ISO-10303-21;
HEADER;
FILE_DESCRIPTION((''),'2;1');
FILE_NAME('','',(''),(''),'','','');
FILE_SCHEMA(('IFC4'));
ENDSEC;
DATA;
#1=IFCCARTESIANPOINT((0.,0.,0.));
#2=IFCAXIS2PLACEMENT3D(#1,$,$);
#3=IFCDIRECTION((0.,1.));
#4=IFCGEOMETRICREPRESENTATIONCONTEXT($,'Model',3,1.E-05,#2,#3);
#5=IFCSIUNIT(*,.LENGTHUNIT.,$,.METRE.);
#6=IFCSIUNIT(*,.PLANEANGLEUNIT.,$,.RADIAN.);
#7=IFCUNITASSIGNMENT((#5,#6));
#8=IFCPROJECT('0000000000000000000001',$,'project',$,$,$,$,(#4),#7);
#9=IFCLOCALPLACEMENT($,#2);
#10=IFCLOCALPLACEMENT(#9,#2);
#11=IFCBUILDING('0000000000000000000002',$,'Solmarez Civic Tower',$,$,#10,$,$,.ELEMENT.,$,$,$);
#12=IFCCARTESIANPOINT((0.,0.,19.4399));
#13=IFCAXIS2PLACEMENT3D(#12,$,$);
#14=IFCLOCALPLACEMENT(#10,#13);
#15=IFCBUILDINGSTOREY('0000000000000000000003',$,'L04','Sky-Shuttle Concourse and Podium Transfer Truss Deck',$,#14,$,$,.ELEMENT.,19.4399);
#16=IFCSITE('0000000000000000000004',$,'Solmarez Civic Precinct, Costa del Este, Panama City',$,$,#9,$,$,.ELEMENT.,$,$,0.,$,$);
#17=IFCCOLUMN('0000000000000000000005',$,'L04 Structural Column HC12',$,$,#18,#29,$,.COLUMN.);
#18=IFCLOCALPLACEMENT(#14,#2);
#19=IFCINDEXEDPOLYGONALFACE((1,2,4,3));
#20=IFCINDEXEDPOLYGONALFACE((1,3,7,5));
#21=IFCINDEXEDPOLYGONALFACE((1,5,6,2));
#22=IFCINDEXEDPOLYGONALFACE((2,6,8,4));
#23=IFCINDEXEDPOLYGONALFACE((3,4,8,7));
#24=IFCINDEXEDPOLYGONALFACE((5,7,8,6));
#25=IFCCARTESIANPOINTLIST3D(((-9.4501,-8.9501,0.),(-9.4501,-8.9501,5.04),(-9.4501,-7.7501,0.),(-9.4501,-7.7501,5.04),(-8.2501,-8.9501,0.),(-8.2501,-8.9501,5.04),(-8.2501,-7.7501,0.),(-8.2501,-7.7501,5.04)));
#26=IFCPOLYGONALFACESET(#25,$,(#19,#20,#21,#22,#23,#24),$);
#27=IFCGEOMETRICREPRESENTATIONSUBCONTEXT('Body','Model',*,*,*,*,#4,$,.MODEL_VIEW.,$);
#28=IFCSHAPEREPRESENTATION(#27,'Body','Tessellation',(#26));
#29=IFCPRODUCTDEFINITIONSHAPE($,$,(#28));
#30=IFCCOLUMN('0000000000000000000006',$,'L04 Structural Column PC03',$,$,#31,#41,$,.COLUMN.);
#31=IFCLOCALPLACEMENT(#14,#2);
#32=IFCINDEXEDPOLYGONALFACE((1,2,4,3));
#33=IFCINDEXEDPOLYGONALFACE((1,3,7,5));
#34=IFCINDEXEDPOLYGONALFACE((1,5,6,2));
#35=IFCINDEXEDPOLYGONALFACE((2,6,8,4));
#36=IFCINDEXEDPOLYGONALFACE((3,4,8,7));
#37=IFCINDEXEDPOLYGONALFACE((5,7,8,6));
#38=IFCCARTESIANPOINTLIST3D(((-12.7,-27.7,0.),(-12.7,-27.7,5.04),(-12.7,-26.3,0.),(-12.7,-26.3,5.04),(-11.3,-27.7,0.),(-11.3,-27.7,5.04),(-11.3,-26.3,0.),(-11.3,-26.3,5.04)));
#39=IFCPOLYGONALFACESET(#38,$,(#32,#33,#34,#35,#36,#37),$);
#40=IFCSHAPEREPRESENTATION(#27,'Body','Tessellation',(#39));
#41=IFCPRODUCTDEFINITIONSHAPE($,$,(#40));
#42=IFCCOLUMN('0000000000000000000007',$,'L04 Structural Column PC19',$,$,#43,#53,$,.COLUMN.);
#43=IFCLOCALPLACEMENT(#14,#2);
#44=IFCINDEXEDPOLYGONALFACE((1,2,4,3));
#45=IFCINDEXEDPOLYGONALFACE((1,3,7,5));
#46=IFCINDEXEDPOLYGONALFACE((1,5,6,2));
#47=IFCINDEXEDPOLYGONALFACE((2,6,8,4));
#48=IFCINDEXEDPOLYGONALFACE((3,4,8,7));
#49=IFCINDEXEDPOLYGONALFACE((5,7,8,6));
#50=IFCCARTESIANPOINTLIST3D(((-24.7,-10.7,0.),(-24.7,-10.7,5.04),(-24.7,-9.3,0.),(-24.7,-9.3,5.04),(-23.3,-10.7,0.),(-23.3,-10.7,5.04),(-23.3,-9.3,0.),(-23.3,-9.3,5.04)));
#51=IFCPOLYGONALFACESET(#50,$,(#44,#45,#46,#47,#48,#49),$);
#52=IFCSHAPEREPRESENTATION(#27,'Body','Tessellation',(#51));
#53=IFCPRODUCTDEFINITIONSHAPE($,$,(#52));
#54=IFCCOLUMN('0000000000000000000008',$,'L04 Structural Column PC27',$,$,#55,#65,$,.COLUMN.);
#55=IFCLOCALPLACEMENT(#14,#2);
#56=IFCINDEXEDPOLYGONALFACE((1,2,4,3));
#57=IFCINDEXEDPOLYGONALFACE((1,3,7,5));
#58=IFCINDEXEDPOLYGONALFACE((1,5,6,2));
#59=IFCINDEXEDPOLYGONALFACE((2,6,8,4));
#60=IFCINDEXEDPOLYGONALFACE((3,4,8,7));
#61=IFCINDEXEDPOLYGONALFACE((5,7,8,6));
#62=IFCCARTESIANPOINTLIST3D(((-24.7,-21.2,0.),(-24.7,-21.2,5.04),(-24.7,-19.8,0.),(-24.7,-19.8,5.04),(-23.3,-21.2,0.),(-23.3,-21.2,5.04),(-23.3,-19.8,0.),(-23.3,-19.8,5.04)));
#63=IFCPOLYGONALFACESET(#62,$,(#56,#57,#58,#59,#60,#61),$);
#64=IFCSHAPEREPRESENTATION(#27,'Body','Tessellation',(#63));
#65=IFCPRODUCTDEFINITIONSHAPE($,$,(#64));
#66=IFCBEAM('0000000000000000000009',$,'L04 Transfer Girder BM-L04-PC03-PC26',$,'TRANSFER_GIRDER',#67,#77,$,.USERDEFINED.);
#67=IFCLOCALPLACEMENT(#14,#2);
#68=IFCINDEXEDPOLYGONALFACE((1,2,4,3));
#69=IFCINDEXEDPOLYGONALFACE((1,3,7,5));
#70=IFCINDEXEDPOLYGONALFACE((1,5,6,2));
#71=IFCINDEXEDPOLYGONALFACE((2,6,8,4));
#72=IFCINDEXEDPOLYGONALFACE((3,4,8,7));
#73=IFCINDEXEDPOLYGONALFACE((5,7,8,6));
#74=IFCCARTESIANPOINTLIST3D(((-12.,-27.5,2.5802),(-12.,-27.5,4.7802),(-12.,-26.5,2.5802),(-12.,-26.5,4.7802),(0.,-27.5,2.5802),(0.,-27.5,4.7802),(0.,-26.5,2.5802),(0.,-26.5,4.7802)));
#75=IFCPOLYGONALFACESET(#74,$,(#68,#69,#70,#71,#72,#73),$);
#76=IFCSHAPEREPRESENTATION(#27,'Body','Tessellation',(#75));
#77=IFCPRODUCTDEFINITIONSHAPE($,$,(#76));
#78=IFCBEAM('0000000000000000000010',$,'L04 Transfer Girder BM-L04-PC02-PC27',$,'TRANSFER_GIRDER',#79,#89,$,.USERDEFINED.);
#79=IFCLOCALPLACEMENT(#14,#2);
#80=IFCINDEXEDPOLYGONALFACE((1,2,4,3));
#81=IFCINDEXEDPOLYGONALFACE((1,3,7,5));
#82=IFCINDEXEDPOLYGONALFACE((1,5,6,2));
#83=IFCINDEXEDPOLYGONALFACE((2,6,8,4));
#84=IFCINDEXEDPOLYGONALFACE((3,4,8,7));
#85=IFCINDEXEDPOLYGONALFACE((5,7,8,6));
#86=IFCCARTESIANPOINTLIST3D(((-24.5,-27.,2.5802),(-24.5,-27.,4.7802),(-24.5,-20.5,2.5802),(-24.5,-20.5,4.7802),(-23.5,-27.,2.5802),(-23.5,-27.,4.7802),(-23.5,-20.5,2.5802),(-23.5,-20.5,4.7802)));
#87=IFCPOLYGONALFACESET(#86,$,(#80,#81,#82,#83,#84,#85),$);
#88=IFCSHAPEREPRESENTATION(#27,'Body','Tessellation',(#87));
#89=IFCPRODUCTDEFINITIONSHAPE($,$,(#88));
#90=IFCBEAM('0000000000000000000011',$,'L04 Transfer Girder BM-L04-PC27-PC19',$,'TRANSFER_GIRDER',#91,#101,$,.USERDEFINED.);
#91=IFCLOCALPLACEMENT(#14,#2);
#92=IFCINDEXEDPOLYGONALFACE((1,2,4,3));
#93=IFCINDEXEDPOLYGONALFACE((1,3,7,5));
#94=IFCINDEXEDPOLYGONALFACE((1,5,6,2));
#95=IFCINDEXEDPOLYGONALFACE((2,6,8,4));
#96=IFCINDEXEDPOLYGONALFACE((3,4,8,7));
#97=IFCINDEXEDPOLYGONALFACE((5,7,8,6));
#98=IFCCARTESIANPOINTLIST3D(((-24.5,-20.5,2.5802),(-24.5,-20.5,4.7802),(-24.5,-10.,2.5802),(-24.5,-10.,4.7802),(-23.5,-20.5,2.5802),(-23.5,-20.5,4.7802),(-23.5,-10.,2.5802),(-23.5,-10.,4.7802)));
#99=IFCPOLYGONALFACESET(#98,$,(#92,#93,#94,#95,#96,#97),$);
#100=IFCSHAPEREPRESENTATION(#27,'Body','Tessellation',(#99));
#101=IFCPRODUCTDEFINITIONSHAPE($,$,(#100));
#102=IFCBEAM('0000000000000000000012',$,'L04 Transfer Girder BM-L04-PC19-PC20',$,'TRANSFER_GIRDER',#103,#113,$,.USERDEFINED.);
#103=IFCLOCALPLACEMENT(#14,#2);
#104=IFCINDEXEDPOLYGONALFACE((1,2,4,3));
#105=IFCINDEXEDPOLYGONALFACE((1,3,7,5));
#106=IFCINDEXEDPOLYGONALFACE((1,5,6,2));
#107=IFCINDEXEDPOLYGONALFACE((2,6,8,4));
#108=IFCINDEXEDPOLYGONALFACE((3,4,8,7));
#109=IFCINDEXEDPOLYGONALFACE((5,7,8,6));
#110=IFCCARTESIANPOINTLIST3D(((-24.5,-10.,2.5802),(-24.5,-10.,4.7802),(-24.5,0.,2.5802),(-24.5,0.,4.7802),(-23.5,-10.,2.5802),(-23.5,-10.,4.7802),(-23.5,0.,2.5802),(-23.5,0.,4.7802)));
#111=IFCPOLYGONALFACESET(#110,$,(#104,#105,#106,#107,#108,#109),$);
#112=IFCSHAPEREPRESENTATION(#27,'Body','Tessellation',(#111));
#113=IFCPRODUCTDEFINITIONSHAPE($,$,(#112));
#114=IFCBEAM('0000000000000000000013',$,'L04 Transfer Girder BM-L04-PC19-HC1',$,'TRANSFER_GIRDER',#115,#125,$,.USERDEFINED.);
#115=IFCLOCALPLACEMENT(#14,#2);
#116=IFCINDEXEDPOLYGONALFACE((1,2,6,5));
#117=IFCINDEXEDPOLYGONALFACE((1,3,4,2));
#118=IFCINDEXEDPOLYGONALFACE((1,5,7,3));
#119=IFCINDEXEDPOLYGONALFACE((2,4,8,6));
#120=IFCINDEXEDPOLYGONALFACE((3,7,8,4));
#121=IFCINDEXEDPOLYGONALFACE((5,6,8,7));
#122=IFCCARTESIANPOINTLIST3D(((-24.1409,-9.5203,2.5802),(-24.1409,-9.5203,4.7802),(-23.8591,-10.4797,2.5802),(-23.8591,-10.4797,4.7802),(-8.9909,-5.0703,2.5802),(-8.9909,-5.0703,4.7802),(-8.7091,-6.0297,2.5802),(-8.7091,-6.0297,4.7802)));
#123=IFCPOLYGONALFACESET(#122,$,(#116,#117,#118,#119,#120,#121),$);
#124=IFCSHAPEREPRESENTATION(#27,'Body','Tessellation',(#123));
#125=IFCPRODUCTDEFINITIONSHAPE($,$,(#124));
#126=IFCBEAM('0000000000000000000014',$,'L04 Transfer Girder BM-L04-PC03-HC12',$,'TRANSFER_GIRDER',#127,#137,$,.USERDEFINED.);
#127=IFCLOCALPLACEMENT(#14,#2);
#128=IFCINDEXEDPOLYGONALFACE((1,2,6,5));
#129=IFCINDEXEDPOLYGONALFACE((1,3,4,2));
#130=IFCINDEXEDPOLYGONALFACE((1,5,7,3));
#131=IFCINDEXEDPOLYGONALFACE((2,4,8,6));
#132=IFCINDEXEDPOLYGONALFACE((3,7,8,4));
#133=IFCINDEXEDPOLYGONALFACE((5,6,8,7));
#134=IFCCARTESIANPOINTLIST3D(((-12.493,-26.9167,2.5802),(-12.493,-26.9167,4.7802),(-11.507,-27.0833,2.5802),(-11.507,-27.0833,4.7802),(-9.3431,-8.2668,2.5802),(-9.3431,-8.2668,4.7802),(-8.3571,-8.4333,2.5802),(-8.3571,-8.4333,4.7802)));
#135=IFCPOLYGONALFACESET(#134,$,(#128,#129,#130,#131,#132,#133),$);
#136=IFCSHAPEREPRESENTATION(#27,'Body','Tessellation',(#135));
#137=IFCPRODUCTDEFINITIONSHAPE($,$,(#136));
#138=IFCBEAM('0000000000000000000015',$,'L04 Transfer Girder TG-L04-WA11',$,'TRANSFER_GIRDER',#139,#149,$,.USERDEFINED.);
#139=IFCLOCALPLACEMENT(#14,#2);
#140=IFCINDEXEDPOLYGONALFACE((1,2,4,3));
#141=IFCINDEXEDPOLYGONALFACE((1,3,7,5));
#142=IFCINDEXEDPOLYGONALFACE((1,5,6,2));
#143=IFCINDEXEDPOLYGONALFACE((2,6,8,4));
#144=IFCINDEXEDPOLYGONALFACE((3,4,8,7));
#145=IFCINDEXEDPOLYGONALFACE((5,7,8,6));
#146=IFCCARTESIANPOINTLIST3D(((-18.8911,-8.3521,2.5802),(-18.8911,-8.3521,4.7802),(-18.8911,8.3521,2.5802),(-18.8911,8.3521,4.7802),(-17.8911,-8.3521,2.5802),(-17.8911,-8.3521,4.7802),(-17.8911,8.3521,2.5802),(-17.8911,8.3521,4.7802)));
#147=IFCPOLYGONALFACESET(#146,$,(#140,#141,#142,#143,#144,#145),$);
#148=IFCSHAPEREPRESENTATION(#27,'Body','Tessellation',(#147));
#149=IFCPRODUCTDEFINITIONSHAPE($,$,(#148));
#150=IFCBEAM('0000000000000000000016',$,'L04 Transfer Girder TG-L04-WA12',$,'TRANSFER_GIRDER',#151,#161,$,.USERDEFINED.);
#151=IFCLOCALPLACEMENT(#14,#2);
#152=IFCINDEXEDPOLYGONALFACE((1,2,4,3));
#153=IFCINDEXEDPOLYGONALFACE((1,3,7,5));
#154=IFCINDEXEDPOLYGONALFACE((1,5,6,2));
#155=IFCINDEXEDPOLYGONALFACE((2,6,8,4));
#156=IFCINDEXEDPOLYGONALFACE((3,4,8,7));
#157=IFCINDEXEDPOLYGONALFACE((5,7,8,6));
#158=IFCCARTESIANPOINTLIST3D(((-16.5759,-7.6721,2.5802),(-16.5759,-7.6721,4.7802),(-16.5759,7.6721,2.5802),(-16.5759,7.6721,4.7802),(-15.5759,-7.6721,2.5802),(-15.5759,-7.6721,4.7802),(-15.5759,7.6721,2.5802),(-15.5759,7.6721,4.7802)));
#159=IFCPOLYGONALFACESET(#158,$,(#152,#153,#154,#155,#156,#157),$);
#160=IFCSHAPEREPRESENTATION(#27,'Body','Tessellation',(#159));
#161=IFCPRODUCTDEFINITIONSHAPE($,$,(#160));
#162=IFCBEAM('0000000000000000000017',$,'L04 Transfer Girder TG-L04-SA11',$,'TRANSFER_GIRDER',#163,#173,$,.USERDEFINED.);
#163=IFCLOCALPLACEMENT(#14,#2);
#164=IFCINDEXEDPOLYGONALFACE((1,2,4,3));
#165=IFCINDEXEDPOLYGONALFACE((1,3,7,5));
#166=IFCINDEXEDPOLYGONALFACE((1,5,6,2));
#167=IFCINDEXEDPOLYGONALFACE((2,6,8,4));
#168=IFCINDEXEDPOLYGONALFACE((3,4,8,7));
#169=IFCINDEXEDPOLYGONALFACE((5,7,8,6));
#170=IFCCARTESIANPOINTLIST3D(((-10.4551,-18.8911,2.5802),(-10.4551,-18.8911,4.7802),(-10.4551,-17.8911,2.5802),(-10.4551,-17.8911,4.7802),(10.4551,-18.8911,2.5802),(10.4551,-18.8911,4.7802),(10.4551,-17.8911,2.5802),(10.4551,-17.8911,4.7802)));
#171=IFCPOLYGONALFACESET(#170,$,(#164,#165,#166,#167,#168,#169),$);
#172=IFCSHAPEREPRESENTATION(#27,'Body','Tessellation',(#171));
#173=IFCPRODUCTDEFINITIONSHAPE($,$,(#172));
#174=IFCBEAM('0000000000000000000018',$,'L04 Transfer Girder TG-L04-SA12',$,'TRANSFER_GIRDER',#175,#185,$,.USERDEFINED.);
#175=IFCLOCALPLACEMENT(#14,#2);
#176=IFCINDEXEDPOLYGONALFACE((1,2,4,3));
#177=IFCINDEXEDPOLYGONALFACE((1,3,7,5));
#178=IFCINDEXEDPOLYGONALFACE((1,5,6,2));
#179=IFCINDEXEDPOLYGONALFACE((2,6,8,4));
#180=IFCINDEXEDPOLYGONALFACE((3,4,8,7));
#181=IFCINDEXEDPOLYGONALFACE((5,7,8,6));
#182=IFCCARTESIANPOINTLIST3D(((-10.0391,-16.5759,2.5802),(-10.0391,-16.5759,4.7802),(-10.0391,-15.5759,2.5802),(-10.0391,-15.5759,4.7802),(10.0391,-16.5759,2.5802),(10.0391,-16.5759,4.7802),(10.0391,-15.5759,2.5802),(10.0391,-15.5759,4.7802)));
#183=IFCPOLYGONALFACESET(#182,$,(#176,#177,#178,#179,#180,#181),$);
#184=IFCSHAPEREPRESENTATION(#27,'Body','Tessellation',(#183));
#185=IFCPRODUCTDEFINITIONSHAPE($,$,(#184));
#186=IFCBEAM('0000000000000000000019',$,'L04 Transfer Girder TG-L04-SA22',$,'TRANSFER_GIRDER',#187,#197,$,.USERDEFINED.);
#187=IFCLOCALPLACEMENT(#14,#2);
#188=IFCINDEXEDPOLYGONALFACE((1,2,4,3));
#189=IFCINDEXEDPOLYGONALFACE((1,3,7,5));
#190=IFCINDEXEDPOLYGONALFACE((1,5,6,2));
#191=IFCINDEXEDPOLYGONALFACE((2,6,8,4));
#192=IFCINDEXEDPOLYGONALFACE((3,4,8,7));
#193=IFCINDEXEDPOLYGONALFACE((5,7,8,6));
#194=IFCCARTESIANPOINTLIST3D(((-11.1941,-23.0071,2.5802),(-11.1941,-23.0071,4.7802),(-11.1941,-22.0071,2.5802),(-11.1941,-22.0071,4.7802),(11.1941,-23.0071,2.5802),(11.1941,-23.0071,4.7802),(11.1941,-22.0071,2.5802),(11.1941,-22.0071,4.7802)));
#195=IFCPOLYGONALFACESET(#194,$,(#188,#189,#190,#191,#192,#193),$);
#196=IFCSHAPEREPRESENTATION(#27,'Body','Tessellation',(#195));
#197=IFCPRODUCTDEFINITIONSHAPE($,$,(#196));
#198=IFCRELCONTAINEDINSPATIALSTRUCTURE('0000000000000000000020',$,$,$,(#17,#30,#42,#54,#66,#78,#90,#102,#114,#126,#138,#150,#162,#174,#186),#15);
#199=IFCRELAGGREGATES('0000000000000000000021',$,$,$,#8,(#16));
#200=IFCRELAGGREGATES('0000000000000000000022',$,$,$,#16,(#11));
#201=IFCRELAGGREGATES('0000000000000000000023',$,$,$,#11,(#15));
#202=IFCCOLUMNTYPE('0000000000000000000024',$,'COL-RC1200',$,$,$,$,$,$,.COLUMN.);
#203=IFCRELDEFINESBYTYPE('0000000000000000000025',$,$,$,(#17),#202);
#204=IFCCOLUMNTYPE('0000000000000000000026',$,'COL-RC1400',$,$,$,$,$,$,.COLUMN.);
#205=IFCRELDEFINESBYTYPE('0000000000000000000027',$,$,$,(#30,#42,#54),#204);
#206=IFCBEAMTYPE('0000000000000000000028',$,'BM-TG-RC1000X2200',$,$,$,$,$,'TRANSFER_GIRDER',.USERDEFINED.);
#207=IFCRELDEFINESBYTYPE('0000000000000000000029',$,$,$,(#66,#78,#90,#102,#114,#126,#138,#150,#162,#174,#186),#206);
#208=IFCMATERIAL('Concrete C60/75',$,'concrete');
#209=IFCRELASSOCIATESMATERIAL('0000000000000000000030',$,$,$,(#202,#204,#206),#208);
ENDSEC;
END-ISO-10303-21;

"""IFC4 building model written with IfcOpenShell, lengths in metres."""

from ifc_helpers import new_model, si_unit, direction, frame, origin, origin_2d, place, context, subcontext, project, spatial, rectangle, extrude, material, material_profile, profile_set, type_object, element, save


model = new_model("IFC4")

# Units and contexts
model_context = context("Model", 3, precision=1e-05, world=origin(), true_north=direction((0.0, 1.0)))
body_context = subcontext(model_context, "Body", "Model", "MODEL_VIEW")
ifc_project = project(units=[si_unit("LENGTHUNIT", "METRE"), si_unit("PLANEANGLEUNIT", "RADIAN")], contexts=[model_context])

# Site, building, storey
site_placement = place(None, origin())
site = spatial("IfcSite", under=ifc_project, at=site_placement, Name="Solmarez Civic Precinct, Costa del Este, Panama City", CompositionType="ELEMENT", RefElevation=0.0)
building_placement = place(site_placement, origin())
building = spatial("IfcBuilding", under=site, at=building_placement, Name="Solmarez Civic Tower", CompositionType="ELEMENT")
storey_placement = place(building_placement, frame((0.0, 0.0, 19.4399)))
storey = spatial("IfcBuildingStorey", under=building, at=storey_placement, Name="L04", Description="Sky-Shuttle Concourse and Podium Transfer Truss Deck", CompositionType="ELEMENT", Elevation=19.4399)

# Columns
ifc_material_1 = material(Name="Concrete C60/75", Category="concrete")
ifc_material_profile_1 = material_profile(ifc_material_1, rectangle(XDim=1.2, YDim=1.2, at=origin_2d()), Name="RC1200X1200")
ifc_profile_set_1 = profile_set([ifc_material_profile_1], Name="Concrete C60/75")
column_type_1 = type_object("IfcColumnType", Name="COL-RC1200", PredefinedType="COLUMN", material=ifc_profile_set_1)
column_placement = place(storey_placement, frame((-8.8501, -8.3501, 0.0), z_axis=(0.0, 0.0, 1.0), x_axis=(1.0, 0.0, 0.0)))
element("IfcColumn", 1, at=column_placement, inside=storey, type_object=column_type_1, Name="L04 Structural Column HC12", PredefinedType="COLUMN", context=body_context, shape_type="SweptSolid", body=[
    extrude(rectangle(XDim=1.2, YDim=1.2, at=origin_2d()), origin(), (0.0, 0.0, 1.0), 5.04),
])
ifc_material_profile_2 = material_profile(ifc_material_1, rectangle(XDim=1.3999, YDim=1.3999, at=origin_2d()), Name="RC1400X1400")
ifc_profile_set_2 = profile_set([ifc_material_profile_2], Name="Concrete C60/75")
column_type_2 = type_object("IfcColumnType", Name="COL-RC1400", PredefinedType="COLUMN", material=ifc_profile_set_2)
for number, where, z_axis, x_axis, name in (
    (2, (-12.0, -27.0, 0.0), (0.0, 0.0, 1.0), (1.0, 0.0, 0.0), "L04 Structural Column PC03"),
    (3, (-24.0, -10.0, 0.0), (0.0, 0.0, 1.0), (1.0, 0.0, 0.0), "L04 Structural Column PC19"),
    (4, (-24.0, -20.5, 0.0), (0.0, 0.0, 1.0), (1.0, 0.0, 0.0), "L04 Structural Column PC27"),
):
    element("IfcColumn", number, at=place(storey_placement, frame(where, z_axis=z_axis, x_axis=x_axis)), inside=storey, type_object=column_type_2, Name=name, PredefinedType="COLUMN", context=body_context, shape_type="SweptSolid", body=[
        extrude(rectangle(XDim=1.3999, YDim=1.3999, at=origin_2d()), origin(), (0.0, 0.0, 1.0), 5.04),
    ])

# Beams
ifc_material_profile_3 = material_profile(ifc_material_1, rectangle(XDim=1.0, YDim=2.2, at=origin_2d()), Name="RC1000X2200")
ifc_profile_set_3 = profile_set([ifc_material_profile_3], Name="Concrete C60/75")
beam_type = type_object("IfcBeamType", Name="BM-TG-RC1000X2200", ElementType="TRANSFER_GIRDER", PredefinedType="USERDEFINED", material=ifc_profile_set_3)
beam_1_placement = place(storey_placement, frame((-12.0, -27.0, 3.6802), z_axis=(1.0, 0.0, 0.0), x_axis=(0.0, 1.0, 0.0)))
element("IfcBeam", 5, at=beam_1_placement, inside=storey, type_object=beam_type, Name="L04 Transfer Girder BM-L04-PC03-PC26", ObjectType="TRANSFER_GIRDER", PredefinedType="USERDEFINED", context=body_context, shape_type="SweptSolid", body=[
    extrude(rectangle(XDim=1.0, YDim=2.2, at=origin_2d()), origin(), (0.0, 0.0, 1.0), 12.0),
])
beam_2_placement = place(storey_placement, frame((-24.0, -27.0, 3.6802), z_axis=(0.0, 1.0, 0.0), x_axis=(-1.0, 0.0, 0.0)))
element("IfcBeam", 6, at=beam_2_placement, inside=storey, type_object=beam_type, Name="L04 Transfer Girder BM-L04-PC02-PC27", ObjectType="TRANSFER_GIRDER", PredefinedType="USERDEFINED", context=body_context, shape_type="SweptSolid", body=[
    extrude(rectangle(XDim=1.0, YDim=2.2, at=origin_2d()), origin(), (0.0, 0.0, 1.0), 6.5),
])
beam_3_placement = place(storey_placement, frame((-24.0, -20.5, 3.6802), z_axis=(0.0, 1.0, 0.0), x_axis=(-1.0, 0.0, 0.0)))
element("IfcBeam", 7, at=beam_3_placement, inside=storey, type_object=beam_type, Name="L04 Transfer Girder BM-L04-PC27-PC19", ObjectType="TRANSFER_GIRDER", PredefinedType="USERDEFINED", context=body_context, shape_type="SweptSolid", body=[
    extrude(rectangle(XDim=1.0, YDim=2.2, at=origin_2d()), origin(), (0.0, 0.0, 1.0), 10.5),
])
beam_4_placement = place(storey_placement, frame((-24.0, -10.0, 3.6802), z_axis=(0.0, 1.0, 0.0), x_axis=(-1.0, 0.0, 0.0)))
element("IfcBeam", 8, at=beam_4_placement, inside=storey, type_object=beam_type, Name="L04 Transfer Girder BM-L04-PC19-PC20", ObjectType="TRANSFER_GIRDER", PredefinedType="USERDEFINED", context=body_context, shape_type="SweptSolid", body=[
    extrude(rectangle(XDim=1.0, YDim=2.2, at=origin_2d()), origin(), (0.0, 0.0, 1.0), 10.0),
])
beam_5_placement = place(storey_placement, frame((-24.0, -10.0, 3.6802), z_axis=(0.959467, 0.281822, 0.0), x_axis=(-0.281822, 0.959467, 0.0)))
element("IfcBeam", 9, at=beam_5_placement, inside=storey, type_object=beam_type, Name="L04 Transfer Girder BM-L04-PC19-HC1", ObjectType="TRANSFER_GIRDER", PredefinedType="USERDEFINED", context=body_context, shape_type="SweptSolid", body=[
    extrude(rectangle(XDim=1.0, YDim=2.2, at=origin_2d()), origin(), (0.0, 0.0, 1.0), 15.79),
])
beam_6_placement = place(storey_placement, frame((-12.0, -27.0, 3.6802), z_axis=(0.166538, 0.986035, 0.0), x_axis=(-0.986035, 0.166538, 0.0)))
element("IfcBeam", 10, at=beam_6_placement, inside=storey, type_object=beam_type, Name="L04 Transfer Girder BM-L04-PC03-HC12", ObjectType="TRANSFER_GIRDER", PredefinedType="USERDEFINED", context=body_context, shape_type="SweptSolid", body=[
    extrude(rectangle(XDim=1.0, YDim=2.2, at=origin_2d()), origin(), (0.0, 0.0, 1.0), 18.9141),
])
beam_7_placement = place(storey_placement, frame((-18.3911, -8.3521, 3.6802), z_axis=(0.0, 1.0, 0.0), x_axis=(-1.0, 0.0, 0.0)))
element("IfcBeam", 11, at=beam_7_placement, inside=storey, type_object=beam_type, Name="L04 Transfer Girder TG-L04-WA11", ObjectType="TRANSFER_GIRDER", PredefinedType="USERDEFINED", context=body_context, shape_type="SweptSolid", body=[
    extrude(rectangle(XDim=1.0, YDim=2.2, at=origin_2d()), origin(), (0.0, 0.0, 1.0), 16.7041),
])
beam_8_placement = place(storey_placement, frame((-16.0759, -7.6721, 3.6802), z_axis=(0.0, 1.0, 0.0), x_axis=(-1.0, 0.0, 0.0)))
element("IfcBeam", 12, at=beam_8_placement, inside=storey, type_object=beam_type, Name="L04 Transfer Girder TG-L04-WA12", ObjectType="TRANSFER_GIRDER", PredefinedType="USERDEFINED", context=body_context, shape_type="SweptSolid", body=[
    extrude(rectangle(XDim=1.0, YDim=2.2, at=origin_2d()), origin(), (0.0, 0.0, 1.0), 15.3442),
])
beam_9_placement = place(storey_placement, frame((-10.4551, -18.3911, 3.6802), z_axis=(1.0, 0.0, 0.0), x_axis=(0.0, 1.0, 0.0)))
element("IfcBeam", 13, at=beam_9_placement, inside=storey, type_object=beam_type, Name="L04 Transfer Girder TG-L04-SA11", ObjectType="TRANSFER_GIRDER", PredefinedType="USERDEFINED", context=body_context, shape_type="SweptSolid", body=[
    extrude(rectangle(XDim=1.0, YDim=2.2, at=origin_2d()), origin(), (0.0, 0.0, 1.0), 20.9102),
])
beam_10_placement = place(storey_placement, frame((-10.0391, -16.0759, 3.6802), z_axis=(1.0, 0.0, 0.0), x_axis=(0.0, 1.0, 0.0)))
element("IfcBeam", 14, at=beam_10_placement, inside=storey, type_object=beam_type, Name="L04 Transfer Girder TG-L04-SA12", ObjectType="TRANSFER_GIRDER", PredefinedType="USERDEFINED", context=body_context, shape_type="SweptSolid", body=[
    extrude(rectangle(XDim=1.0, YDim=2.2, at=origin_2d()), origin(), (0.0, 0.0, 1.0), 20.0781),
])
beam_11_placement = place(storey_placement, frame((-11.1941, -22.5071, 3.6802), z_axis=(1.0, 0.0, 0.0), x_axis=(0.0, 1.0, 0.0)))
element("IfcBeam", 15, at=beam_11_placement, inside=storey, type_object=beam_type, Name="L04 Transfer Girder TG-L04-SA22", ObjectType="TRANSFER_GIRDER", PredefinedType="USERDEFINED", context=body_context, shape_type="SweptSolid", body=[
    extrude(rectangle(XDim=1.0, YDim=2.2, at=origin_2d()), origin(), (0.0, 0.0, 1.0), 22.3882),
])

save(model, "model.ifc")
